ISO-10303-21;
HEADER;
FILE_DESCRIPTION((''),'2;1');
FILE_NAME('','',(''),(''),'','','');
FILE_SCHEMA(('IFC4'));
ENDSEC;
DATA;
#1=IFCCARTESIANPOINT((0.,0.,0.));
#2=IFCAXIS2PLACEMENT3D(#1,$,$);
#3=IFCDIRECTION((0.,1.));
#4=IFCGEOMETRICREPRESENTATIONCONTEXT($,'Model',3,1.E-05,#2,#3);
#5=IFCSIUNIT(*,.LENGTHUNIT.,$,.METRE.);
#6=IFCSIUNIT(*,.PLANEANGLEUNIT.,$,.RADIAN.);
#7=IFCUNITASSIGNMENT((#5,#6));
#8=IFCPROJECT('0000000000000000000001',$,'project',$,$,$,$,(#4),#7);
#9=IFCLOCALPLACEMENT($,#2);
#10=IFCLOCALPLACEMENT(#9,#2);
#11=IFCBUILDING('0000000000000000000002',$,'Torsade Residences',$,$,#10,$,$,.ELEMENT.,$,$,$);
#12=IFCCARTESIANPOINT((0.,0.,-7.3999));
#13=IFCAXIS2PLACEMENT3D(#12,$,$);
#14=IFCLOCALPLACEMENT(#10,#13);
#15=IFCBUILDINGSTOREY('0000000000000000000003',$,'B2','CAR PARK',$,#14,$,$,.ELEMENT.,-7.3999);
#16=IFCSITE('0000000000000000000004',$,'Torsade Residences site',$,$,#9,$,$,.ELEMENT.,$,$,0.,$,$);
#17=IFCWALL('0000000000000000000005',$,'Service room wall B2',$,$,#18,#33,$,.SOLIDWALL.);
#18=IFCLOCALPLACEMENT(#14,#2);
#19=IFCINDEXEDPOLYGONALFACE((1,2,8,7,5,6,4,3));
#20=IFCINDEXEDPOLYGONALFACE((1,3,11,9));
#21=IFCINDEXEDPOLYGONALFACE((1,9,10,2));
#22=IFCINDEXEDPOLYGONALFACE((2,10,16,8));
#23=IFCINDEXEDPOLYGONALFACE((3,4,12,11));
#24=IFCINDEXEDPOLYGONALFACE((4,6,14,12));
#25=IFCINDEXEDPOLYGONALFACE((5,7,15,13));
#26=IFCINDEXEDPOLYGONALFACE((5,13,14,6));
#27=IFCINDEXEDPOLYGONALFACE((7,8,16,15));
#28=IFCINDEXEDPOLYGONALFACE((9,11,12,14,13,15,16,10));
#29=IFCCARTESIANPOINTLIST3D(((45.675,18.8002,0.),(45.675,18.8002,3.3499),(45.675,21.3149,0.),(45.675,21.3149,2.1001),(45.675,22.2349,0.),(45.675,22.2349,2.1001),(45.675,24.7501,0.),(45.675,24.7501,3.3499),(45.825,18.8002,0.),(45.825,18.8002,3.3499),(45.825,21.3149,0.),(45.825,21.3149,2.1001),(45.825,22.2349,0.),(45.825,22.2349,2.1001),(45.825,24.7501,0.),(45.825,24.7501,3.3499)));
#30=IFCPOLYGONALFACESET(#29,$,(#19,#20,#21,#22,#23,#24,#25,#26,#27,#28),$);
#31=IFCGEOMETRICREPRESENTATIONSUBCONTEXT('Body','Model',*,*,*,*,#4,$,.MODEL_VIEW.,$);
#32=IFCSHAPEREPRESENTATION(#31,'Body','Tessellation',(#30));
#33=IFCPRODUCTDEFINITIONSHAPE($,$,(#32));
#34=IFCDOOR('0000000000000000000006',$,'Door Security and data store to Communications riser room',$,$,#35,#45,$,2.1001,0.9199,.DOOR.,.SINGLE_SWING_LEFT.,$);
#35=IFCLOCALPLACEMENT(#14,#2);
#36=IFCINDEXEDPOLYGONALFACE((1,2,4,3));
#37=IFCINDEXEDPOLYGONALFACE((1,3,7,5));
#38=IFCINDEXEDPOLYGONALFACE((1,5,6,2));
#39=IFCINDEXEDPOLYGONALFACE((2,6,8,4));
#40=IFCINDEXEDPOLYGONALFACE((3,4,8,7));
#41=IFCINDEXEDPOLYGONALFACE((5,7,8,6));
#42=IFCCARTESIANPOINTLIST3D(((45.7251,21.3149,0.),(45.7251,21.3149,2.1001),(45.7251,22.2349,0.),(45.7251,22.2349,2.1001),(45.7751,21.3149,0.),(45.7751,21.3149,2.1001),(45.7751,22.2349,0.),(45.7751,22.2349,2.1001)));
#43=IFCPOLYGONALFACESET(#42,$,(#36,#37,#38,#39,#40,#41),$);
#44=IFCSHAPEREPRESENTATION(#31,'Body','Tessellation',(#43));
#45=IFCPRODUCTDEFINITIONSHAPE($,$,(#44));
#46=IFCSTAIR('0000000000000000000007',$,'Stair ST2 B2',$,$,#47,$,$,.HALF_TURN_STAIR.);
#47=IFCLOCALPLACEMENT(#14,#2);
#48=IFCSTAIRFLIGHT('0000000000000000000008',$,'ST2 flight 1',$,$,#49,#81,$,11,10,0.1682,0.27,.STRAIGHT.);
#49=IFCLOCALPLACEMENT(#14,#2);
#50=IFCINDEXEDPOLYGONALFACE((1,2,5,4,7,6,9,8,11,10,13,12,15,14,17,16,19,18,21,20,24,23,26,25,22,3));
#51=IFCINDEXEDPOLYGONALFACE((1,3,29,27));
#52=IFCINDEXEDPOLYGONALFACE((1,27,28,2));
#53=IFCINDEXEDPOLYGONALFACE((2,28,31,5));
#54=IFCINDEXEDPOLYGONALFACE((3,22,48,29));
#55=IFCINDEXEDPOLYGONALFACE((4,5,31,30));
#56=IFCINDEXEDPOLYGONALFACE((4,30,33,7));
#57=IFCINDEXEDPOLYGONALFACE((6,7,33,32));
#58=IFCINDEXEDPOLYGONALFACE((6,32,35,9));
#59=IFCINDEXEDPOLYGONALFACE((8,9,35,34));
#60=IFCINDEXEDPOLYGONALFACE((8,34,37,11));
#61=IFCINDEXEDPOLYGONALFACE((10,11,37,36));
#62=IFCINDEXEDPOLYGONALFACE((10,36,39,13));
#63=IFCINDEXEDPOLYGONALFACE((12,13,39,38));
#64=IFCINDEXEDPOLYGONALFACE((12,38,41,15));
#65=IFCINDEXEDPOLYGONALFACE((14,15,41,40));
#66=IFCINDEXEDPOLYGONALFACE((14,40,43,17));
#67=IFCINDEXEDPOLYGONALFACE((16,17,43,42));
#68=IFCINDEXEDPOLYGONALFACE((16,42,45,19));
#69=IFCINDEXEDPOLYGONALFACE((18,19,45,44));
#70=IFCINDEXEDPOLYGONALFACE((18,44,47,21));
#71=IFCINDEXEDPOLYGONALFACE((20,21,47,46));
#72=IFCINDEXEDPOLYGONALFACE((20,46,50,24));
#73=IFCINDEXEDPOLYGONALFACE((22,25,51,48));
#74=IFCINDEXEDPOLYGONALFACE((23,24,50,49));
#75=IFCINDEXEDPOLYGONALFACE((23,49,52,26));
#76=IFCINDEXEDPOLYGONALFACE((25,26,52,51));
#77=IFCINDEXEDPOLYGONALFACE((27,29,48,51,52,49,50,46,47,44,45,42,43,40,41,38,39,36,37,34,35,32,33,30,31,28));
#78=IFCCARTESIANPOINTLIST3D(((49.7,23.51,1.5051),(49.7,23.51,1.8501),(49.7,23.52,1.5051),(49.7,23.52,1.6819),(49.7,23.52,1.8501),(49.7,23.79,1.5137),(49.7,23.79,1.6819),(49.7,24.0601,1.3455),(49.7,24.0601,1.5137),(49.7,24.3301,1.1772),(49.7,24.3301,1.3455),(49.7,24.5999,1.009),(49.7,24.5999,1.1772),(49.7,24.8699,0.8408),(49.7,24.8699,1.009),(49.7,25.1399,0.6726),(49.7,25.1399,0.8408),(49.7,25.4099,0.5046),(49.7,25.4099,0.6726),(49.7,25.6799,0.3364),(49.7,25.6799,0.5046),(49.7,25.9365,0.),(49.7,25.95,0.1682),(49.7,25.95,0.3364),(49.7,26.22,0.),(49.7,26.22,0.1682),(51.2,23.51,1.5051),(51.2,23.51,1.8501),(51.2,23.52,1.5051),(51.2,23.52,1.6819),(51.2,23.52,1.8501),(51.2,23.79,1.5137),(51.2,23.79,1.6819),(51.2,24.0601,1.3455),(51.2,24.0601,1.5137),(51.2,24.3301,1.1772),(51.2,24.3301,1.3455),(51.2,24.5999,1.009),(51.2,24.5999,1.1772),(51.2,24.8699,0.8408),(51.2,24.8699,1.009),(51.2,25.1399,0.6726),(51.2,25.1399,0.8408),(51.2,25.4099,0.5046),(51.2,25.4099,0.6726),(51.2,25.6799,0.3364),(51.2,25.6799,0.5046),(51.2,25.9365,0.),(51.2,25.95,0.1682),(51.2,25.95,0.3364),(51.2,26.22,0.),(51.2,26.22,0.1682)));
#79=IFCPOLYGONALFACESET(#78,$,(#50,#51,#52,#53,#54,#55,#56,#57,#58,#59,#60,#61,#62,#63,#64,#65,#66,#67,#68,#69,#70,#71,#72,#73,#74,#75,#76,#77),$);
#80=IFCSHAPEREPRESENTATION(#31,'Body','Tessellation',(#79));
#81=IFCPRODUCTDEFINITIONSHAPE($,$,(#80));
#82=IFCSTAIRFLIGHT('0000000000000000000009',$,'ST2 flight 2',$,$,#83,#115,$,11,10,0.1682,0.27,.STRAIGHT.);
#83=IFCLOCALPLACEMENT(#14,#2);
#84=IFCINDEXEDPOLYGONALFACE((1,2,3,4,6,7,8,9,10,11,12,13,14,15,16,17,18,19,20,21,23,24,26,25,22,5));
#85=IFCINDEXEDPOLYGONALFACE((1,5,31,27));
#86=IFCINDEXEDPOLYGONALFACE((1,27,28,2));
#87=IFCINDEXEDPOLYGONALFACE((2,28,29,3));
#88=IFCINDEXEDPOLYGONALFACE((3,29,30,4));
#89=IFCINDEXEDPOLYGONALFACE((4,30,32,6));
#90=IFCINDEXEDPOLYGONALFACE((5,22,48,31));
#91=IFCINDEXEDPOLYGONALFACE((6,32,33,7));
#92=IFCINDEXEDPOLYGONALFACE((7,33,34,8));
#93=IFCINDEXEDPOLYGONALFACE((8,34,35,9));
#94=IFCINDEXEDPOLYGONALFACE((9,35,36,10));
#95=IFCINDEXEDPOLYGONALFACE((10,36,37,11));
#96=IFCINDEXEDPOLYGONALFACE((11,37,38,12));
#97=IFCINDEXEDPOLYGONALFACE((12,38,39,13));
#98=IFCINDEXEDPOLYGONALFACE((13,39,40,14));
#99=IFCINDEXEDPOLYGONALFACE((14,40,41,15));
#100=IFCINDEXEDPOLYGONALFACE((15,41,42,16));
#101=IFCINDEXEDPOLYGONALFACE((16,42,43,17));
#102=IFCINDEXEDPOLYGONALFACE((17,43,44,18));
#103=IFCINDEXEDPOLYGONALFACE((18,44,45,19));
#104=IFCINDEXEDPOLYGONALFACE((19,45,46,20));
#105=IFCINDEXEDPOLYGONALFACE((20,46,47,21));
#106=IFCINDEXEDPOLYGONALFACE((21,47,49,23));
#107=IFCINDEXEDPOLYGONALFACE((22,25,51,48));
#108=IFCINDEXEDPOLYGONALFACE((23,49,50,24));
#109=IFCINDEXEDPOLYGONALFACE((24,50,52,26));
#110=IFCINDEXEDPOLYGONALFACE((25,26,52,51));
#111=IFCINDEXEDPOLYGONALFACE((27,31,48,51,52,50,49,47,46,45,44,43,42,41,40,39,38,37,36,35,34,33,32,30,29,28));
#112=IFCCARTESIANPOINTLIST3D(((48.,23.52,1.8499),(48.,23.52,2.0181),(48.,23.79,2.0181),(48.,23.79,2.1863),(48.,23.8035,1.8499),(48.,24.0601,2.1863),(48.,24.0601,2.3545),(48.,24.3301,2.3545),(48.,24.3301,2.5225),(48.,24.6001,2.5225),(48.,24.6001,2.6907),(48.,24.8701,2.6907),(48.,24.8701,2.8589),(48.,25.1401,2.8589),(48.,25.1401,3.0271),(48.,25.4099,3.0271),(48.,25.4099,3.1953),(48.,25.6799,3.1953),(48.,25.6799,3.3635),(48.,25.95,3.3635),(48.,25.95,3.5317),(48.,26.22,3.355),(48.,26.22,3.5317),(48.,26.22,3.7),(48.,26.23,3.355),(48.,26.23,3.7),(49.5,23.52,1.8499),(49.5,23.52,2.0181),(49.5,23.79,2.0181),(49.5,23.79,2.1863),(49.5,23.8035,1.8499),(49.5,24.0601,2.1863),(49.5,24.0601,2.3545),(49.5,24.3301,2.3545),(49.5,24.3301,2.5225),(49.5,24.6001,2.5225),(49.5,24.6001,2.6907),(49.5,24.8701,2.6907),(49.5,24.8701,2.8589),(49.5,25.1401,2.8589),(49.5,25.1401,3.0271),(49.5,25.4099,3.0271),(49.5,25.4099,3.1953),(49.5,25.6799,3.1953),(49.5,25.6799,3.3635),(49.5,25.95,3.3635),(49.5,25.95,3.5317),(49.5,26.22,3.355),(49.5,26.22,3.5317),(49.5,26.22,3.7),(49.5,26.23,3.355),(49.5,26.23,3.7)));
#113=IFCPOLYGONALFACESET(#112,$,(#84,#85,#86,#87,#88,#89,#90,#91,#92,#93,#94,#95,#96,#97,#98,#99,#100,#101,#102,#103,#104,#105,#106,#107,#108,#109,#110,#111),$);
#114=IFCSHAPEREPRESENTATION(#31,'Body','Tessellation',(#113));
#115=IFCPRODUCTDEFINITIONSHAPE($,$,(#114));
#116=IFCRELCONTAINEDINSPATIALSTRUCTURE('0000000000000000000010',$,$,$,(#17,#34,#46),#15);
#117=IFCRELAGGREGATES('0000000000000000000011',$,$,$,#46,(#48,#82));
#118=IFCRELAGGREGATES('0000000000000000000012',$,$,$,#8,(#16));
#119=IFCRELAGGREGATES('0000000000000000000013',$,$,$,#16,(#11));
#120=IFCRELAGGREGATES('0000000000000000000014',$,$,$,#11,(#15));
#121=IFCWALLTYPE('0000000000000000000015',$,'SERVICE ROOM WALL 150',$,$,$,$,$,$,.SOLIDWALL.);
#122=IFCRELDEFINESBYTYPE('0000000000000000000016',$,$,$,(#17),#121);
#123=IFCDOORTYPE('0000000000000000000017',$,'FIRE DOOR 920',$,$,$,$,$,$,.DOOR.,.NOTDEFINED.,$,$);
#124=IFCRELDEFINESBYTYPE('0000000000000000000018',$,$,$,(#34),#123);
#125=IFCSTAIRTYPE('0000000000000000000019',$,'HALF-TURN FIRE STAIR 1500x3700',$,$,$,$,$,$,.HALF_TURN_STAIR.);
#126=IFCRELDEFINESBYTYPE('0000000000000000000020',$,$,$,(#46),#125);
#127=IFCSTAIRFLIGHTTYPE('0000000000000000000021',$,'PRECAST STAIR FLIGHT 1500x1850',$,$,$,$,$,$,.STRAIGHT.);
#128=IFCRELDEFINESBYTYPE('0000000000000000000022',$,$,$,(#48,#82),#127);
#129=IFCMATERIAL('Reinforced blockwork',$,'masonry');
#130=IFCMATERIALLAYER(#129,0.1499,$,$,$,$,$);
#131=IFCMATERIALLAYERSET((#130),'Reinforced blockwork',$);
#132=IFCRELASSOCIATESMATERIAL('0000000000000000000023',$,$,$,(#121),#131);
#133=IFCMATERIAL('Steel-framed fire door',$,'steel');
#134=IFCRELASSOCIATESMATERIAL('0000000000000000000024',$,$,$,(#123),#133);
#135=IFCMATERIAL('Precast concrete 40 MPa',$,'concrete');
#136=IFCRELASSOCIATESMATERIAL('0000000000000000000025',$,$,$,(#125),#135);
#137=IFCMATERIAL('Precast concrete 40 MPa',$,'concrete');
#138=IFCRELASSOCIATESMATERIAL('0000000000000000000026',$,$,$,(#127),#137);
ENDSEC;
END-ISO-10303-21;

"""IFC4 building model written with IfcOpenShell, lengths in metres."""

from ifc_helpers import new_model, si_unit, direction, frame, frame_2d, origin, place, context, subcontext, project, spatial, polyline, rectangle, outline, extrude, material, layer, layer_set, type_object, element, fill, aggregate, save


model = new_model("IFC4")

# Units and contexts
model_context = context("Model", 3, precision=1e-05, world=origin(), true_north=direction((0.0, 1.0)))
body_context = subcontext(model_context, "Body", "Model", "MODEL_VIEW")
ifc_project = project(units=[si_unit("LENGTHUNIT", "METRE"), si_unit("PLANEANGLEUNIT", "RADIAN")], contexts=[model_context])

# Site, building, storey
site_placement = place(None, origin())
site = spatial("IfcSite", under=ifc_project, at=site_placement, Name="Torsade Residences site", CompositionType="ELEMENT", RefElevation=0.0)
building_placement = place(site_placement, origin())
building = spatial("IfcBuilding", under=site, at=building_placement, Name="Torsade Residences", CompositionType="ELEMENT")
storey_placement = place(building_placement, frame((0.0, 0.0, -7.3999)))
storey = spatial("IfcBuildingStorey", under=building, at=storey_placement, Name="B2", Description="CAR PARK", CompositionType="ELEMENT", Elevation=-7.3999)

# Wall, opening, door
ifc_material_1 = material(Name="Reinforced blockwork", Category="masonry")
ifc_layer_1 = layer(ifc_material_1, 0.1499)
ifc_layer_set_1 = layer_set([ifc_layer_1], Name="Reinforced blockwork")
wall_type_1 = type_object("IfcWallType", Name="SERVICE ROOM WALL 150", PredefinedType="SOLIDWALL", material=ifc_layer_set_1)
wall_1_placement = place(storey_placement, frame((45.75, 18.8, 0.0), z_axis=(0.0, 0.0, 1.0), x_axis=(0.0, 1.0, 0.0)))
wall_1 = element("IfcWall", 1, at=wall_1_placement, inside=storey, type_object=wall_type_1, Name="Service room wall B2", PredefinedType="SOLIDWALL", context=body_context, shape_type="SweptSolid", body=[
    extrude(rectangle(XDim=5.95, YDim=0.1499, at=frame_2d((2.9751, 0.0))), origin(), (0.0, 0.0, 1.0), 3.3499),
])
opening_1_placement = place(wall_1_placement, frame((2.5149, 0.0, 0.0)))
opening_1 = element("IfcOpeningElement", 2, at=opening_1_placement, cuts=wall_1, PredefinedType="OPENING", context=body_context, shape_type="SweptSolid", body=[
    extrude(rectangle(XDim=0.9199, YDim=2.1001, at=frame_2d((0.46, 1.05))), frame((0.0, 0.085, 0.0), z_axis=(0.0, -1.0, 0.0), x_axis=(1.0, 0.0, 0.0)), (0.0, 0.0, 1.0), 0.1699),
])
ifc_material_2 = material(Name="Steel-framed fire door", Category="steel")
door_type_1 = type_object("IfcDoorType", Name="FIRE DOOR 920", OperationType="NOTDEFINED", PredefinedType="DOOR", material=ifc_material_2)
door_1_placement = place(opening_1_placement, origin())
door_1 = element("IfcDoor", 3, at=door_1_placement, inside=storey, type_object=door_type_1, Name="Door Security and data store to Communications riser room", OperationType="SINGLE_SWING_LEFT", OverallHeight=2.1001, OverallWidth=0.9199, PredefinedType="DOOR", context=body_context, shape_type="SweptSolid", body=[
    extrude(rectangle(XDim=0.9199, YDim=2.1001, at=frame_2d((0.46, 1.05))), frame((0.0, 0.0249, 0.0), z_axis=(0.0, -1.0, 0.0), x_axis=(1.0, 0.0, 0.0)), (0.0, 0.0, 1.0), 0.05),
])
fill(opening_1, door_1)

# Stair, stair flights
ifc_material_3 = material(Name="Precast concrete 40 MPa", Category="concrete")
stair_type = type_object("IfcStairType", Name="HALF-TURN FIRE STAIR 1500x3700", PredefinedType="HALF_TURN_STAIR", material=ifc_material_3)
stair_placement = place(storey_placement, origin())
stair = element("IfcStair", 4, at=stair_placement, inside=storey, type_object=stair_type, Name="Stair ST2 B2", PredefinedType="HALF_TURN_STAIR")
ifc_material_4 = material(Name="Precast concrete 40 MPa", Category="concrete")
stair_flight_type = type_object("IfcStairFlightType", Name="PRECAST STAIR FLIGHT 1500x1850", PredefinedType="STRAIGHT", material=ifc_material_4)
stair_flight_1_placement = place(storey_placement, frame((50.45, 26.22, 0.0), z_axis=(0.0, 0.0, 1.0), x_axis=(0.0, -1.0, 0.0)))
stair_flight_1 = element("IfcStairFlight", 5, at=stair_flight_1_placement, type_object=stair_flight_type, Name="ST2 flight 1", NumberOfRisers=11, NumberOfTreads=10, PredefinedType="STRAIGHT", RiserHeight=0.1682, TreadLength=0.27, context=body_context, shape_type="SweptSolid", body=[
    extrude(outline(polyline([(0.0, 0.0), (0.0, 0.1682), (0.27, 0.1682), (0.27, 0.3364), (0.54, 0.3364), (0.54, 0.5046), (0.8101, 0.5046), (0.8101, 0.6726), (1.0801, 0.6726), (1.0801, 0.8408), (1.3501, 0.8408), (1.3501, 1.009), (1.6201, 1.009), (1.6201, 1.1772), (1.8899, 1.1772), (1.8899, 1.3455), (2.1599, 1.3455), (2.1599, 1.5137), (2.4299, 1.5137), (2.4299, 1.6819), (2.7, 1.6819), (2.7, 1.8501), (2.71, 1.8501), (2.71, 1.5051), (2.7, 1.5051), (0.2834, 0.0), (0.0, 0.0)])), frame((0.0, 0.75, 0.0), z_axis=(0.0, -1.0, 0.0), x_axis=(1.0, 0.0, 0.0)), (0.0, 0.0, 1.0), 1.5),
])
stair_flight_2_placement = place(storey_placement, frame((48.75, 23.52, 1.8499), z_axis=(0.0, 0.0, 1.0), x_axis=(0.0, 1.0, 0.0)))
stair_flight_2 = element("IfcStairFlight", 6, at=stair_flight_2_placement, type_object=stair_flight_type, Name="ST2 flight 2", NumberOfRisers=11, NumberOfTreads=10, PredefinedType="STRAIGHT", RiserHeight=0.1682, TreadLength=0.27, context=body_context, shape_type="SweptSolid", body=[
    extrude(outline(polyline([(0.0, 0.0), (0.0, 0.1682), (0.27, 0.1682), (0.27, 0.3364), (0.54, 0.3364), (0.54, 0.5046), (0.8101, 0.5046), (0.8101, 0.6726), (1.0801, 0.6726), (1.0801, 0.8408), (1.3501, 0.8408), (1.3501, 1.009), (1.6201, 1.009), (1.6201, 1.1772), (1.8899, 1.1772), (1.8899, 1.3455), (2.1599, 1.3455), (2.1599, 1.5137), (2.4299, 1.5137), (2.4299, 1.6819), (2.7, 1.6819), (2.7, 1.8501), (2.71, 1.8501), (2.71, 1.5051), (2.7, 1.5051), (0.2834, 0.0), (0.0, 0.0)])), frame((0.0, 0.75, 0.0), z_axis=(0.0, -1.0, 0.0), x_axis=(1.0, 0.0, 0.0)), (0.0, 0.0, 1.0), 1.5),
])
aggregate(stair, [stair_flight_1, stair_flight_2])

save(model, "model.ifc")
